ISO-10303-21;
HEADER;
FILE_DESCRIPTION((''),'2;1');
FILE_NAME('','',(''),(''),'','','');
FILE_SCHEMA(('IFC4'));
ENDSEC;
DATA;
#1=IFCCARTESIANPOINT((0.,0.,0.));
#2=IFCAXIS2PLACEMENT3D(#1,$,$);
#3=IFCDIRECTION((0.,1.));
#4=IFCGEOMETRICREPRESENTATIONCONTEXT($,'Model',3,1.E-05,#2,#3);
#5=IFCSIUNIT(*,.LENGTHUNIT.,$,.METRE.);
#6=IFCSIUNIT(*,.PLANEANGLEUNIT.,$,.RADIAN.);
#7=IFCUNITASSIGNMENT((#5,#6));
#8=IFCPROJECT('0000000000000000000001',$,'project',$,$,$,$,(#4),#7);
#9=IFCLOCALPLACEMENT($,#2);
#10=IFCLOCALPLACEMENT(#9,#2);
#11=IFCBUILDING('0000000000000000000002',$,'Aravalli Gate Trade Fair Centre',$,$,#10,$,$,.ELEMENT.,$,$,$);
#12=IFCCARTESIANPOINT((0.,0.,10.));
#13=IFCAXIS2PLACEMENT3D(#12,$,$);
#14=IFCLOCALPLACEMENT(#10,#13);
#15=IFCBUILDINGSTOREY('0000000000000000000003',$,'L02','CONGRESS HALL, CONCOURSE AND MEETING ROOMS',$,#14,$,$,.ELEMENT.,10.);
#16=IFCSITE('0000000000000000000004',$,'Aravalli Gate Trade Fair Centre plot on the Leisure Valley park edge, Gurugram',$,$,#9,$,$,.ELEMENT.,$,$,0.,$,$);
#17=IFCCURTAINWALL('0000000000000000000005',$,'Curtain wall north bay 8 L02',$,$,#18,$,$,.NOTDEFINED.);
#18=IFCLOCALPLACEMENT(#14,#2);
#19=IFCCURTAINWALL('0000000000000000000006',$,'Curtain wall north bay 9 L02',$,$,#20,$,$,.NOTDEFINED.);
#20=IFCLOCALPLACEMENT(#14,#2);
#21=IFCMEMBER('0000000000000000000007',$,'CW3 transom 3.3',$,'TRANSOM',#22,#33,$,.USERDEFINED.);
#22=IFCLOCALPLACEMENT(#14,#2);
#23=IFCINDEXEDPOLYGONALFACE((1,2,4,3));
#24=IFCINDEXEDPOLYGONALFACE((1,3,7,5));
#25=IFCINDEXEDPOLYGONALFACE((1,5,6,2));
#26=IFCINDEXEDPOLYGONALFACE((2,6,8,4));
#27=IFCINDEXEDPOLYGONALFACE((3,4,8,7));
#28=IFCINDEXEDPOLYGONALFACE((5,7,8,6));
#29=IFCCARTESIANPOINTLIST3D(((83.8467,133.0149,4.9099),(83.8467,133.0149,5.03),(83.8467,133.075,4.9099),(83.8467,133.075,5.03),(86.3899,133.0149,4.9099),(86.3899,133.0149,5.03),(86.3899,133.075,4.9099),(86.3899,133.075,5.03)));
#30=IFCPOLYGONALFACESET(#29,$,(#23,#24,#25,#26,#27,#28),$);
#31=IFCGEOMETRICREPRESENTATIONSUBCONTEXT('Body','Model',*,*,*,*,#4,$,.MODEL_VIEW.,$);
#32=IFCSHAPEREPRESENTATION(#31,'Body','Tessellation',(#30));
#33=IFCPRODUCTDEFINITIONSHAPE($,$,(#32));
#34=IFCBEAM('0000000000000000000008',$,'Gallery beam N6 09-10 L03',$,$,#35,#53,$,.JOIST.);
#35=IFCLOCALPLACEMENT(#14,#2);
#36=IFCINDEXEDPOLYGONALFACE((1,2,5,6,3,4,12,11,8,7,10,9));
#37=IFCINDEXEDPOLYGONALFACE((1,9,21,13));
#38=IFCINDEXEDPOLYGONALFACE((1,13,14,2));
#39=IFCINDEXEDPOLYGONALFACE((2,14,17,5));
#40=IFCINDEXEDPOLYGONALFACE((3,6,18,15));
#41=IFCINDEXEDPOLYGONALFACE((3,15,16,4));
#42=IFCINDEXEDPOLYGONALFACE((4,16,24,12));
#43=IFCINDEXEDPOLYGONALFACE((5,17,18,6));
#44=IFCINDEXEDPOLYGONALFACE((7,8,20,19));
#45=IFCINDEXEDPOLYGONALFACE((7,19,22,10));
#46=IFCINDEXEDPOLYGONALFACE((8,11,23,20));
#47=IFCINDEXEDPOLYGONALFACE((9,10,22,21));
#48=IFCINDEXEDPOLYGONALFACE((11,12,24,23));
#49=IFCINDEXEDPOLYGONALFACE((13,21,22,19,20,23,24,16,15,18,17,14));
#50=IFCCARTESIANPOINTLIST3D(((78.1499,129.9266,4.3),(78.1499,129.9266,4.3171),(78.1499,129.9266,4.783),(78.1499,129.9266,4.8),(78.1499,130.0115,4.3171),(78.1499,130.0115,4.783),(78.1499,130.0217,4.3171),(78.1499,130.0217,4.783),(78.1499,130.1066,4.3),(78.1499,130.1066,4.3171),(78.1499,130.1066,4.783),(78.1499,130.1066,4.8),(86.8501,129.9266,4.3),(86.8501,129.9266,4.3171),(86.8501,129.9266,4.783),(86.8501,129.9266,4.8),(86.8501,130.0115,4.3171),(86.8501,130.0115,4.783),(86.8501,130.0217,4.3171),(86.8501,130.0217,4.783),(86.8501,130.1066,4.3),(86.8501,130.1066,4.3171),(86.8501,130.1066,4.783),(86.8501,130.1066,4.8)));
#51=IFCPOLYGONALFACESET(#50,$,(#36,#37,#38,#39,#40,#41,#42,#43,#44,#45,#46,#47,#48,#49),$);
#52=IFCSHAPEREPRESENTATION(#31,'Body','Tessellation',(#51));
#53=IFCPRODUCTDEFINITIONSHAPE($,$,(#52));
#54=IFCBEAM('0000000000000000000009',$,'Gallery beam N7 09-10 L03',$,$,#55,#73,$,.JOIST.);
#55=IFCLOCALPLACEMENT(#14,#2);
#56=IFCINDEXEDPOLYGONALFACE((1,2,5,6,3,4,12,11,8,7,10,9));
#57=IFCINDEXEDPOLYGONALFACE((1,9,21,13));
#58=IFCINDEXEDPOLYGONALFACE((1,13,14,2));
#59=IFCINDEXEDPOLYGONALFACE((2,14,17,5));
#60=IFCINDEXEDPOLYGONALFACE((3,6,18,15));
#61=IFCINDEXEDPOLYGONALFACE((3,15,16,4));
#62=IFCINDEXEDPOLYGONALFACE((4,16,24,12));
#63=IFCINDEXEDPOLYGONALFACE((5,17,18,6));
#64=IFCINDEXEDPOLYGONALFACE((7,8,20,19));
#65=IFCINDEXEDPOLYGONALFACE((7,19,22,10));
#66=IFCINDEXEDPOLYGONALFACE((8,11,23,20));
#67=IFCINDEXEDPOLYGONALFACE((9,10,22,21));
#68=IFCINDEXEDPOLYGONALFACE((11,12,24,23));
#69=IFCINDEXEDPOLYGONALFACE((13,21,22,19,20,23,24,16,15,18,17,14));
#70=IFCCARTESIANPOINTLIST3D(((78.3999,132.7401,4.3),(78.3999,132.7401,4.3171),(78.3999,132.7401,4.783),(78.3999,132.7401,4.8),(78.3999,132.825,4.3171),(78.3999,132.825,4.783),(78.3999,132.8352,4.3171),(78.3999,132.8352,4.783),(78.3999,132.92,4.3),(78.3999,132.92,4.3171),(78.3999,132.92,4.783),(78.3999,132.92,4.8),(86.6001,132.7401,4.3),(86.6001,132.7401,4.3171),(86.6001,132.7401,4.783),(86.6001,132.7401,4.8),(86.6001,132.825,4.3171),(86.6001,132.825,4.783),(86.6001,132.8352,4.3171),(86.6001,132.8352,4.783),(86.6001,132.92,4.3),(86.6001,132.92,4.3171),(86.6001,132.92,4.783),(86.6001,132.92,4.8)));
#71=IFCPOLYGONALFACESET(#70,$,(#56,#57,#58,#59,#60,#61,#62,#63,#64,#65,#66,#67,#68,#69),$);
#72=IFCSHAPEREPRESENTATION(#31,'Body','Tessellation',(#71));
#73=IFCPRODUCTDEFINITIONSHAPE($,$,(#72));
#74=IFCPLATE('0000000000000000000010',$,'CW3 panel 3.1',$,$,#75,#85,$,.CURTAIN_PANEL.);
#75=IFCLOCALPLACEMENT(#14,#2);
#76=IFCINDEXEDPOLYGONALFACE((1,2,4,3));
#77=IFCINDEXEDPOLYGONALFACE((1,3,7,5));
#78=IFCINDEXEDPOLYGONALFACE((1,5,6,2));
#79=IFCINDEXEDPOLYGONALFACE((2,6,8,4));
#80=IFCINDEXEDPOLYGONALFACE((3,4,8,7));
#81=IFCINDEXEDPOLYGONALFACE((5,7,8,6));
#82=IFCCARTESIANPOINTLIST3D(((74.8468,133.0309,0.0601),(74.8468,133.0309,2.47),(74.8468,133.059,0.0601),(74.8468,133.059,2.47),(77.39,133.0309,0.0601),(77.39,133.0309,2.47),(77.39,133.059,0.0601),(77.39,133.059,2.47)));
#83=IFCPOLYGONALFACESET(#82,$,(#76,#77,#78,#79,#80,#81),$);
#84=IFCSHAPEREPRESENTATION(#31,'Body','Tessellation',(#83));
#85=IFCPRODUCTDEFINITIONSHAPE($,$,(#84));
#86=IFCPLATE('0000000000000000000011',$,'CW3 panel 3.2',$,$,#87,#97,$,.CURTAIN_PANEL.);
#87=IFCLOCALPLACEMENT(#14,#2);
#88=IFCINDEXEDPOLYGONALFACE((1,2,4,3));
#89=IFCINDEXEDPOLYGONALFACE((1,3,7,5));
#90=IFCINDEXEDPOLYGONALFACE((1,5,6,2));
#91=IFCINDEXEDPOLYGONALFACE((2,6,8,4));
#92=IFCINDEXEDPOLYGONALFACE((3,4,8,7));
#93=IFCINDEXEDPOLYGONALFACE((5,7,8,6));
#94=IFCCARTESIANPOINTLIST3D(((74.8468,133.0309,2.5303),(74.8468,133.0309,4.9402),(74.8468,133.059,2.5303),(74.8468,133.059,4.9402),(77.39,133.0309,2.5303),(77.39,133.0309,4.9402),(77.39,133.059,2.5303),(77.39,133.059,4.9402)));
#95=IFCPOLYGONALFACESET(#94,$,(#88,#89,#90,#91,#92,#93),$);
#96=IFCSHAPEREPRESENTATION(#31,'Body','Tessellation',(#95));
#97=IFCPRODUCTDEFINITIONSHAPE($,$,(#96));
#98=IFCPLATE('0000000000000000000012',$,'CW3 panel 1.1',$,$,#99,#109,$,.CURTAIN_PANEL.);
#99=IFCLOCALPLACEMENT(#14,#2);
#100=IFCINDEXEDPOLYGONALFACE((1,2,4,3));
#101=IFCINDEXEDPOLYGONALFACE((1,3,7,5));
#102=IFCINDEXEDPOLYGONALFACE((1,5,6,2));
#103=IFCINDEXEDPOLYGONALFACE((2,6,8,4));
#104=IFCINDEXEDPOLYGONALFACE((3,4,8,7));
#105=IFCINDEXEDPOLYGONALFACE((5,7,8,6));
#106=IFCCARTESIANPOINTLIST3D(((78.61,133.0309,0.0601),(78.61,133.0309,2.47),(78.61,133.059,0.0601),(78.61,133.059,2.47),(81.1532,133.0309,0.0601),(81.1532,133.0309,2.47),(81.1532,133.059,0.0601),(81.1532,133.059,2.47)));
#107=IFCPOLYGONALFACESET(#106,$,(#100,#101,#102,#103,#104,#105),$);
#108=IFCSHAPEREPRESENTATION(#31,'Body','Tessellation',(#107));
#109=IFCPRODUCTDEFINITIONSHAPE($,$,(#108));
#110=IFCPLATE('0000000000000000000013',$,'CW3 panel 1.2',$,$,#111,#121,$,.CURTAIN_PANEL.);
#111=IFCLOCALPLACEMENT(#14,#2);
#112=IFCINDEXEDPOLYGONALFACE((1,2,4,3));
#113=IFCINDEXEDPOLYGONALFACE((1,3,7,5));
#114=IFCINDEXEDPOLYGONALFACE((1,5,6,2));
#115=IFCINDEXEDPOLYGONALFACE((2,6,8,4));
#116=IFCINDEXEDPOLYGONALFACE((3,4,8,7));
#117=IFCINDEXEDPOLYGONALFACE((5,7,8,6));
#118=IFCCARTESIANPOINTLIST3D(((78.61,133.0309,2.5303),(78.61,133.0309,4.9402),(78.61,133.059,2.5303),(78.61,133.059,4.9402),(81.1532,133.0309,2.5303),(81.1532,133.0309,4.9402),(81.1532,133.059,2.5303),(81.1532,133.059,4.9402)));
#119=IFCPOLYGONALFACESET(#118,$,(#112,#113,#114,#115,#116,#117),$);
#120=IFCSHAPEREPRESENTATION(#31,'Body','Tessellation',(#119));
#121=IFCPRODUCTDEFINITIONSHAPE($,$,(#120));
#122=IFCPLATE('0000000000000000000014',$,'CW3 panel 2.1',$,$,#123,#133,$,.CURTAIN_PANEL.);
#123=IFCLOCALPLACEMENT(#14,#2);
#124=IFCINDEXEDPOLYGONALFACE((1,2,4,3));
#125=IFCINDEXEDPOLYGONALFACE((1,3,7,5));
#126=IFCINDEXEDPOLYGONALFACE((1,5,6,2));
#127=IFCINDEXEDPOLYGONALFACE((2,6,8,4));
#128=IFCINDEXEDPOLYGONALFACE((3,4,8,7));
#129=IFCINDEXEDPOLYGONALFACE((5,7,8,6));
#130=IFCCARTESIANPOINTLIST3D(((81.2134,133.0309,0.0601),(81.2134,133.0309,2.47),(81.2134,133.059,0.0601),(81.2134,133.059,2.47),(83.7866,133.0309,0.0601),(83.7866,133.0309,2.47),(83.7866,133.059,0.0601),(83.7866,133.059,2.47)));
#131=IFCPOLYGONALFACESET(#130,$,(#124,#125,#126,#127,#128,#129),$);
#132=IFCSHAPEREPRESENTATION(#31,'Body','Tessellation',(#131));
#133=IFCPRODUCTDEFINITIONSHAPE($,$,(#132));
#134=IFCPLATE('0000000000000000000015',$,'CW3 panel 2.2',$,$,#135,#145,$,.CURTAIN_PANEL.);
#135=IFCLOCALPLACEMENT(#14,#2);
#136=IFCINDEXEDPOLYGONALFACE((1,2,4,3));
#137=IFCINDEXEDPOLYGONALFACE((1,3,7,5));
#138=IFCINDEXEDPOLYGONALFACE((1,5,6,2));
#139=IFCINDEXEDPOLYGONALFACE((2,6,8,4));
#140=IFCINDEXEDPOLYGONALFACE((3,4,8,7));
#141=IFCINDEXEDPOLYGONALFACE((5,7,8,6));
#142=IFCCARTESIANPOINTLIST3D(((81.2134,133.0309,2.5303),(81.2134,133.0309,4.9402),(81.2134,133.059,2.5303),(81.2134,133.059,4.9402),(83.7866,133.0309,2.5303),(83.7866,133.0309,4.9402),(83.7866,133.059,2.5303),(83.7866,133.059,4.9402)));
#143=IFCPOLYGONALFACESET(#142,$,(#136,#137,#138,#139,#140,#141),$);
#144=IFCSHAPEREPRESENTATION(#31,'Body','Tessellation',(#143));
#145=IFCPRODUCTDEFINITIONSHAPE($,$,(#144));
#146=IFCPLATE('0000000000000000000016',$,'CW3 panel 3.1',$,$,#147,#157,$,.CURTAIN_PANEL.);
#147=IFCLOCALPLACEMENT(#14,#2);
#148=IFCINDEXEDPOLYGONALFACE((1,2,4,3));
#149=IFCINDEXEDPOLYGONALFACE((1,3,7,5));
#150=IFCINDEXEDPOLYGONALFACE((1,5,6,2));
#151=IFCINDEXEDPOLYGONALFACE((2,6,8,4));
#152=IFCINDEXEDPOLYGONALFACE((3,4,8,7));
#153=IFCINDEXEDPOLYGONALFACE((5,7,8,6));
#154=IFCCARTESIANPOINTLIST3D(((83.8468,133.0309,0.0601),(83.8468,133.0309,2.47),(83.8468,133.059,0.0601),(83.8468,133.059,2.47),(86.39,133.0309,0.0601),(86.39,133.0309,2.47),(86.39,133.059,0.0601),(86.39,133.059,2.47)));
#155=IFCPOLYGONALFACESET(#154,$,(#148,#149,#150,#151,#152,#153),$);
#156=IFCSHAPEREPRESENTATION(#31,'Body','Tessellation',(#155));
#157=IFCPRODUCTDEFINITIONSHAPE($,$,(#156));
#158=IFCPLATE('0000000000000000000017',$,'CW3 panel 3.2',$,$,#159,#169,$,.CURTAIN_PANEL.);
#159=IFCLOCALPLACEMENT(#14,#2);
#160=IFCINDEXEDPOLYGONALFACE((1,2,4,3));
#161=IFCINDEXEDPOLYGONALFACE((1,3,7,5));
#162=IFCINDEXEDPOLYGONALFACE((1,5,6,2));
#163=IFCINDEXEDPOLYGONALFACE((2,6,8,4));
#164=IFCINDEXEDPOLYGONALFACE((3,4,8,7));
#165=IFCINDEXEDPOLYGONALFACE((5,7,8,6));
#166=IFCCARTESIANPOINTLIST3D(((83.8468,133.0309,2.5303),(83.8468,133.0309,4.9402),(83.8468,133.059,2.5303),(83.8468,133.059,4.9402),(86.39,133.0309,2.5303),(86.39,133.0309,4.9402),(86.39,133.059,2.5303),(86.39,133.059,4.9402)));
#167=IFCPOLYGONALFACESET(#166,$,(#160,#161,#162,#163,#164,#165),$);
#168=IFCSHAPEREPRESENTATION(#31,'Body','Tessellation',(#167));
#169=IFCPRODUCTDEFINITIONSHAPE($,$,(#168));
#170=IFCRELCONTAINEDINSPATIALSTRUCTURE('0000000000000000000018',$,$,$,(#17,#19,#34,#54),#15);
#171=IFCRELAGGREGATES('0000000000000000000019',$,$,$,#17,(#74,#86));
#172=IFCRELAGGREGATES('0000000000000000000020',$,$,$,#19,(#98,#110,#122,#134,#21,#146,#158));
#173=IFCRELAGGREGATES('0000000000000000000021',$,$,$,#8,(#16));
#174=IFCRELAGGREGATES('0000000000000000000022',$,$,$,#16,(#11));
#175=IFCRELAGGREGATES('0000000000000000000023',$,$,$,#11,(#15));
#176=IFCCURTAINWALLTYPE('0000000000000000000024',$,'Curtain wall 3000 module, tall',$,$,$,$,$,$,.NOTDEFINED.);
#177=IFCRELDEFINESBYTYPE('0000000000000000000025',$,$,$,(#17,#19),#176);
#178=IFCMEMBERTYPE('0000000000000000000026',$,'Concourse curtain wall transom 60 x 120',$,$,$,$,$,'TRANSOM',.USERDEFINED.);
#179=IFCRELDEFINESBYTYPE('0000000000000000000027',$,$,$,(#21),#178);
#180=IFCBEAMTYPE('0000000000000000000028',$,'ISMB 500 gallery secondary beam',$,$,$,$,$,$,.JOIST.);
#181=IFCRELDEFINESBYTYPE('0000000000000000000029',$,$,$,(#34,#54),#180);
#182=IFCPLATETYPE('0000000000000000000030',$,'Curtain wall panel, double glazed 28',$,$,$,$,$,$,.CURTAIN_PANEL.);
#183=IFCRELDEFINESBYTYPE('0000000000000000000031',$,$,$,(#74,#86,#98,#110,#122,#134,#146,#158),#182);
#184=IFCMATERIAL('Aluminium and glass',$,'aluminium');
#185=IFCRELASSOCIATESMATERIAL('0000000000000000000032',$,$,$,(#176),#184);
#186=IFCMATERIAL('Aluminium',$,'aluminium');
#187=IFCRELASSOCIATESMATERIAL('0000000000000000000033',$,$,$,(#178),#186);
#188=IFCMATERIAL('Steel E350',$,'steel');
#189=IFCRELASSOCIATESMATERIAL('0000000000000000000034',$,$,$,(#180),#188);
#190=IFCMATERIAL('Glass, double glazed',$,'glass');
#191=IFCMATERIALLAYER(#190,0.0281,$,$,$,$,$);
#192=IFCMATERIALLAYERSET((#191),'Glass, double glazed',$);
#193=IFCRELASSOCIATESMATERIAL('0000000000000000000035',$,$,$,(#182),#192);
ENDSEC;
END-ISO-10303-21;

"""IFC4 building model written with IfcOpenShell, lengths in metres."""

from ifc_helpers import new_model, si_unit, direction, frame, origin, origin_2d, place, context, subcontext, project, spatial, rectangle, i_section, extrude, material, layer, layer_set, material_profile, profile_set, type_object, element, aggregate, save


model = new_model("IFC4")

# Units and contexts
model_context = context("Model", 3, precision=1e-05, world=origin(), true_north=direction((0.0, 1.0)))
body_context = subcontext(model_context, "Body", "Model", "MODEL_VIEW")
ifc_project = project(units=[si_unit("LENGTHUNIT", "METRE"), si_unit("PLANEANGLEUNIT", "RADIAN")], contexts=[model_context])

# Site, building, storey
site_placement = place(None, origin())
site = spatial("IfcSite", under=ifc_project, at=site_placement, Name="Aravalli Gate Trade Fair Centre plot on the Leisure Valley park edge, Gurugram", CompositionType="ELEMENT", RefElevation=0.0)
building_placement = place(site_placement, origin())
building = spatial("IfcBuilding", under=site, at=building_placement, Name="Aravalli Gate Trade Fair Centre", CompositionType="ELEMENT")
storey_placement = place(building_placement, frame((0.0, 0.0, 10.0)))
storey = spatial("IfcBuildingStorey", under=building, at=storey_placement, Name="L02", Description="CONGRESS HALL, CONCOURSE AND MEETING ROOMS", CompositionType="ELEMENT", Elevation=10.0)

# Curtain wall
ifc_material_1 = material(Name="Aluminium and glass", Category="aluminium")
curtain_wall_type = type_object("IfcCurtainWallType", Name="Curtain wall 3000 module, tall", PredefinedType="NOTDEFINED", material=ifc_material_1)
curtain_wall_1_placement = place(storey_placement, origin())
curtain_wall_1 = element("IfcCurtainWall", 1, at=curtain_wall_1_placement, inside=storey, type_object=curtain_wall_type, Name="Curtain wall north bay 8 L02", PredefinedType="NOTDEFINED")
ifc_material_2 = material(Name="Aluminium", Category="aluminium")

# Curtain wall, member
curtain_wall_2_placement = place(storey_placement, origin())
curtain_wall_2 = element("IfcCurtainWall", 2, at=curtain_wall_2_placement, inside=storey, type_object=curtain_wall_type, Name="Curtain wall north bay 9 L02", PredefinedType="NOTDEFINED")
ifc_material_profile_1 = material_profile(ifc_material_2, rectangle(XDim=0.0601, YDim=0.1201, at=origin_2d()), Name="Concourse curtain wall transom 60 x 120")
ifc_profile_set_1 = profile_set([ifc_material_profile_1], Name="Aluminium")
member_type_1 = type_object("IfcMemberType", Name="Concourse curtain wall transom 60 x 120", ElementType="TRANSOM", PredefinedType="USERDEFINED", material=ifc_profile_set_1)
member_1_placement = place(storey_placement, frame((83.8467, 133.0449, 4.97), z_axis=(1.0, 0.0, 0.0), x_axis=(0.0, 1.0, 0.0)))
member_1 = element("IfcMember", 3, at=member_1_placement, type_object=member_type_1, Name="CW3 transom 3.3", ObjectType="TRANSOM", PredefinedType="USERDEFINED", context=body_context, shape_type="SweptSolid", body=[
    extrude(rectangle(XDim=0.0601, YDim=0.1201, at=origin_2d()), origin(), (0.0, 0.0, 1.0), 2.5432),
])

# Beams
ifc_material_3 = material(Name="Steel E350", Category="steel")
ifc_material_profile_2 = material_profile(ifc_material_3, i_section(OverallWidth=0.1799, OverallDepth=0.5, WebThickness=0.0103, FlangeThickness=0.0171, at=origin_2d()), Name="ISMB 500")
ifc_profile_set_2 = profile_set([ifc_material_profile_2], Name="Steel E350")
beam_type = type_object("IfcBeamType", Name="ISMB 500 gallery secondary beam", PredefinedType="JOIST", material=ifc_profile_set_2)
beam_1_placement = place(storey_placement, frame((78.1499, 130.0166, 4.55), z_axis=(1.0, 0.0, 0.0), x_axis=(0.0, 1.0, 0.0)))
element("IfcBeam", 4, at=beam_1_placement, inside=storey, type_object=beam_type, Name="Gallery beam N6 09-10 L03", PredefinedType="JOIST", context=body_context, shape_type="SweptSolid", body=[
    extrude(i_section(OverallWidth=0.1799, OverallDepth=0.5, WebThickness=0.0103, FlangeThickness=0.0171, at=origin_2d()), origin(), (0.0, 0.0, 1.0), 8.7002),
])
beam_2_placement = place(storey_placement, frame((78.3999, 132.8301, 4.55), z_axis=(1.0, 0.0, 0.0), x_axis=(0.0, 1.0, 0.0)))
element("IfcBeam", 5, at=beam_2_placement, inside=storey, type_object=beam_type, Name="Gallery beam N7 09-10 L03", PredefinedType="JOIST", context=body_context, shape_type="SweptSolid", body=[
    extrude(i_section(OverallWidth=0.1799, OverallDepth=0.5, WebThickness=0.0103, FlangeThickness=0.0171, at=origin_2d()), origin(), (0.0, 0.0, 1.0), 8.2002),
])

# Plates
ifc_material_4 = material(Name="Glass, double glazed", Category="glass")
ifc_layer = layer(ifc_material_4, 0.0281)
ifc_layer_set = layer_set([ifc_layer], Name="Glass, double glazed")
plate_type = type_object("IfcPlateType", Name="Curtain wall panel, double glazed 28", PredefinedType="CURTAIN_PANEL", material=ifc_layer_set)
plate_1_placement = place(storey_placement, frame((76.1184, 133.0449, 0.0601), z_axis=(0.0, 0.0, 1.0), x_axis=(1.0, 0.0, 0.0)))
plate_1 = element("IfcPlate", 6, at=plate_1_placement, type_object=plate_type, Name="CW3 panel 3.1", PredefinedType="CURTAIN_PANEL", context=body_context, shape_type="SweptSolid", body=[
    extrude(rectangle(XDim=2.5432, YDim=0.0281, at=origin_2d()), origin(), (0.0, 0.0, 1.0), 2.4099),
])
plate_2_placement = place(storey_placement, frame((76.1184, 133.0449, 2.5303), z_axis=(0.0, 0.0, 1.0), x_axis=(1.0, 0.0, 0.0)))
plate_2 = element("IfcPlate", 7, at=plate_2_placement, type_object=plate_type, Name="CW3 panel 3.2", PredefinedType="CURTAIN_PANEL", context=body_context, shape_type="SweptSolid", body=[
    extrude(rectangle(XDim=2.5432, YDim=0.0281, at=origin_2d()), origin(), (0.0, 0.0, 1.0), 2.4099),
])
aggregate(curtain_wall_1, [plate_1, plate_2])
plate_3_placement = place(storey_placement, frame((79.8816, 133.0449, 0.0601), z_axis=(0.0, 0.0, 1.0), x_axis=(1.0, 0.0, 0.0)))
plate_3 = element("IfcPlate", 8, at=plate_3_placement, type_object=plate_type, Name="CW3 panel 1.1", PredefinedType="CURTAIN_PANEL", context=body_context, shape_type="SweptSolid", body=[
    extrude(rectangle(XDim=2.5432, YDim=0.0281, at=origin_2d()), origin(), (0.0, 0.0, 1.0), 2.4099),
])
plate_4_placement = place(storey_placement, frame((79.8816, 133.0449, 2.5303), z_axis=(0.0, 0.0, 1.0), x_axis=(1.0, 0.0, 0.0)))
plate_4 = element("IfcPlate", 9, at=plate_4_placement, type_object=plate_type, Name="CW3 panel 1.2", PredefinedType="CURTAIN_PANEL", context=body_context, shape_type="SweptSolid", body=[
    extrude(rectangle(XDim=2.5432, YDim=0.0281, at=origin_2d()), origin(), (0.0, 0.0, 1.0), 2.4099),
])
plate_5_placement = place(storey_placement, frame((82.5, 133.0449, 0.0601), z_axis=(0.0, 0.0, 1.0), x_axis=(1.0, 0.0, 0.0)))
plate_5 = element("IfcPlate", 10, at=plate_5_placement, type_object=plate_type, Name="CW3 panel 2.1", PredefinedType="CURTAIN_PANEL", context=body_context, shape_type="SweptSolid", body=[
    extrude(rectangle(XDim=2.5732, YDim=0.0281, at=origin_2d()), origin(), (0.0, 0.0, 1.0), 2.4099),
])
plate_6_placement = place(storey_placement, frame((82.5, 133.0449, 2.5303), z_axis=(0.0, 0.0, 1.0), x_axis=(1.0, 0.0, 0.0)))
plate_6 = element("IfcPlate", 11, at=plate_6_placement, type_object=plate_type, Name="CW3 panel 2.2", PredefinedType="CURTAIN_PANEL", context=body_context, shape_type="SweptSolid", body=[
    extrude(rectangle(XDim=2.5732, YDim=0.0281, at=origin_2d()), origin(), (0.0, 0.0, 1.0), 2.4099),
])
plate_7_placement = place(storey_placement, frame((85.1184, 133.0449, 0.0601), z_axis=(0.0, 0.0, 1.0), x_axis=(1.0, 0.0, 0.0)))
plate_7 = element("IfcPlate", 12, at=plate_7_placement, type_object=plate_type, Name="CW3 panel 3.1", PredefinedType="CURTAIN_PANEL", context=body_context, shape_type="SweptSolid", body=[
    extrude(rectangle(XDim=2.5432, YDim=0.0281, at=origin_2d()), origin(), (0.0, 0.0, 1.0), 2.4099),
])
plate_8_placement = place(storey_placement, frame((85.1184, 133.0449, 2.5303), z_axis=(0.0, 0.0, 1.0), x_axis=(1.0, 0.0, 0.0)))
plate_8 = element("IfcPlate", 13, at=plate_8_placement, type_object=plate_type, Name="CW3 panel 3.2", PredefinedType="CURTAIN_PANEL", context=body_context, shape_type="SweptSolid", body=[
    extrude(rectangle(XDim=2.5432, YDim=0.0281, at=origin_2d()), origin(), (0.0, 0.0, 1.0), 2.4099),
])
aggregate(curtain_wall_2, [plate_3, plate_4, plate_5, plate_6, member_1, plate_7, plate_8])

save(model, "model.ifc")
